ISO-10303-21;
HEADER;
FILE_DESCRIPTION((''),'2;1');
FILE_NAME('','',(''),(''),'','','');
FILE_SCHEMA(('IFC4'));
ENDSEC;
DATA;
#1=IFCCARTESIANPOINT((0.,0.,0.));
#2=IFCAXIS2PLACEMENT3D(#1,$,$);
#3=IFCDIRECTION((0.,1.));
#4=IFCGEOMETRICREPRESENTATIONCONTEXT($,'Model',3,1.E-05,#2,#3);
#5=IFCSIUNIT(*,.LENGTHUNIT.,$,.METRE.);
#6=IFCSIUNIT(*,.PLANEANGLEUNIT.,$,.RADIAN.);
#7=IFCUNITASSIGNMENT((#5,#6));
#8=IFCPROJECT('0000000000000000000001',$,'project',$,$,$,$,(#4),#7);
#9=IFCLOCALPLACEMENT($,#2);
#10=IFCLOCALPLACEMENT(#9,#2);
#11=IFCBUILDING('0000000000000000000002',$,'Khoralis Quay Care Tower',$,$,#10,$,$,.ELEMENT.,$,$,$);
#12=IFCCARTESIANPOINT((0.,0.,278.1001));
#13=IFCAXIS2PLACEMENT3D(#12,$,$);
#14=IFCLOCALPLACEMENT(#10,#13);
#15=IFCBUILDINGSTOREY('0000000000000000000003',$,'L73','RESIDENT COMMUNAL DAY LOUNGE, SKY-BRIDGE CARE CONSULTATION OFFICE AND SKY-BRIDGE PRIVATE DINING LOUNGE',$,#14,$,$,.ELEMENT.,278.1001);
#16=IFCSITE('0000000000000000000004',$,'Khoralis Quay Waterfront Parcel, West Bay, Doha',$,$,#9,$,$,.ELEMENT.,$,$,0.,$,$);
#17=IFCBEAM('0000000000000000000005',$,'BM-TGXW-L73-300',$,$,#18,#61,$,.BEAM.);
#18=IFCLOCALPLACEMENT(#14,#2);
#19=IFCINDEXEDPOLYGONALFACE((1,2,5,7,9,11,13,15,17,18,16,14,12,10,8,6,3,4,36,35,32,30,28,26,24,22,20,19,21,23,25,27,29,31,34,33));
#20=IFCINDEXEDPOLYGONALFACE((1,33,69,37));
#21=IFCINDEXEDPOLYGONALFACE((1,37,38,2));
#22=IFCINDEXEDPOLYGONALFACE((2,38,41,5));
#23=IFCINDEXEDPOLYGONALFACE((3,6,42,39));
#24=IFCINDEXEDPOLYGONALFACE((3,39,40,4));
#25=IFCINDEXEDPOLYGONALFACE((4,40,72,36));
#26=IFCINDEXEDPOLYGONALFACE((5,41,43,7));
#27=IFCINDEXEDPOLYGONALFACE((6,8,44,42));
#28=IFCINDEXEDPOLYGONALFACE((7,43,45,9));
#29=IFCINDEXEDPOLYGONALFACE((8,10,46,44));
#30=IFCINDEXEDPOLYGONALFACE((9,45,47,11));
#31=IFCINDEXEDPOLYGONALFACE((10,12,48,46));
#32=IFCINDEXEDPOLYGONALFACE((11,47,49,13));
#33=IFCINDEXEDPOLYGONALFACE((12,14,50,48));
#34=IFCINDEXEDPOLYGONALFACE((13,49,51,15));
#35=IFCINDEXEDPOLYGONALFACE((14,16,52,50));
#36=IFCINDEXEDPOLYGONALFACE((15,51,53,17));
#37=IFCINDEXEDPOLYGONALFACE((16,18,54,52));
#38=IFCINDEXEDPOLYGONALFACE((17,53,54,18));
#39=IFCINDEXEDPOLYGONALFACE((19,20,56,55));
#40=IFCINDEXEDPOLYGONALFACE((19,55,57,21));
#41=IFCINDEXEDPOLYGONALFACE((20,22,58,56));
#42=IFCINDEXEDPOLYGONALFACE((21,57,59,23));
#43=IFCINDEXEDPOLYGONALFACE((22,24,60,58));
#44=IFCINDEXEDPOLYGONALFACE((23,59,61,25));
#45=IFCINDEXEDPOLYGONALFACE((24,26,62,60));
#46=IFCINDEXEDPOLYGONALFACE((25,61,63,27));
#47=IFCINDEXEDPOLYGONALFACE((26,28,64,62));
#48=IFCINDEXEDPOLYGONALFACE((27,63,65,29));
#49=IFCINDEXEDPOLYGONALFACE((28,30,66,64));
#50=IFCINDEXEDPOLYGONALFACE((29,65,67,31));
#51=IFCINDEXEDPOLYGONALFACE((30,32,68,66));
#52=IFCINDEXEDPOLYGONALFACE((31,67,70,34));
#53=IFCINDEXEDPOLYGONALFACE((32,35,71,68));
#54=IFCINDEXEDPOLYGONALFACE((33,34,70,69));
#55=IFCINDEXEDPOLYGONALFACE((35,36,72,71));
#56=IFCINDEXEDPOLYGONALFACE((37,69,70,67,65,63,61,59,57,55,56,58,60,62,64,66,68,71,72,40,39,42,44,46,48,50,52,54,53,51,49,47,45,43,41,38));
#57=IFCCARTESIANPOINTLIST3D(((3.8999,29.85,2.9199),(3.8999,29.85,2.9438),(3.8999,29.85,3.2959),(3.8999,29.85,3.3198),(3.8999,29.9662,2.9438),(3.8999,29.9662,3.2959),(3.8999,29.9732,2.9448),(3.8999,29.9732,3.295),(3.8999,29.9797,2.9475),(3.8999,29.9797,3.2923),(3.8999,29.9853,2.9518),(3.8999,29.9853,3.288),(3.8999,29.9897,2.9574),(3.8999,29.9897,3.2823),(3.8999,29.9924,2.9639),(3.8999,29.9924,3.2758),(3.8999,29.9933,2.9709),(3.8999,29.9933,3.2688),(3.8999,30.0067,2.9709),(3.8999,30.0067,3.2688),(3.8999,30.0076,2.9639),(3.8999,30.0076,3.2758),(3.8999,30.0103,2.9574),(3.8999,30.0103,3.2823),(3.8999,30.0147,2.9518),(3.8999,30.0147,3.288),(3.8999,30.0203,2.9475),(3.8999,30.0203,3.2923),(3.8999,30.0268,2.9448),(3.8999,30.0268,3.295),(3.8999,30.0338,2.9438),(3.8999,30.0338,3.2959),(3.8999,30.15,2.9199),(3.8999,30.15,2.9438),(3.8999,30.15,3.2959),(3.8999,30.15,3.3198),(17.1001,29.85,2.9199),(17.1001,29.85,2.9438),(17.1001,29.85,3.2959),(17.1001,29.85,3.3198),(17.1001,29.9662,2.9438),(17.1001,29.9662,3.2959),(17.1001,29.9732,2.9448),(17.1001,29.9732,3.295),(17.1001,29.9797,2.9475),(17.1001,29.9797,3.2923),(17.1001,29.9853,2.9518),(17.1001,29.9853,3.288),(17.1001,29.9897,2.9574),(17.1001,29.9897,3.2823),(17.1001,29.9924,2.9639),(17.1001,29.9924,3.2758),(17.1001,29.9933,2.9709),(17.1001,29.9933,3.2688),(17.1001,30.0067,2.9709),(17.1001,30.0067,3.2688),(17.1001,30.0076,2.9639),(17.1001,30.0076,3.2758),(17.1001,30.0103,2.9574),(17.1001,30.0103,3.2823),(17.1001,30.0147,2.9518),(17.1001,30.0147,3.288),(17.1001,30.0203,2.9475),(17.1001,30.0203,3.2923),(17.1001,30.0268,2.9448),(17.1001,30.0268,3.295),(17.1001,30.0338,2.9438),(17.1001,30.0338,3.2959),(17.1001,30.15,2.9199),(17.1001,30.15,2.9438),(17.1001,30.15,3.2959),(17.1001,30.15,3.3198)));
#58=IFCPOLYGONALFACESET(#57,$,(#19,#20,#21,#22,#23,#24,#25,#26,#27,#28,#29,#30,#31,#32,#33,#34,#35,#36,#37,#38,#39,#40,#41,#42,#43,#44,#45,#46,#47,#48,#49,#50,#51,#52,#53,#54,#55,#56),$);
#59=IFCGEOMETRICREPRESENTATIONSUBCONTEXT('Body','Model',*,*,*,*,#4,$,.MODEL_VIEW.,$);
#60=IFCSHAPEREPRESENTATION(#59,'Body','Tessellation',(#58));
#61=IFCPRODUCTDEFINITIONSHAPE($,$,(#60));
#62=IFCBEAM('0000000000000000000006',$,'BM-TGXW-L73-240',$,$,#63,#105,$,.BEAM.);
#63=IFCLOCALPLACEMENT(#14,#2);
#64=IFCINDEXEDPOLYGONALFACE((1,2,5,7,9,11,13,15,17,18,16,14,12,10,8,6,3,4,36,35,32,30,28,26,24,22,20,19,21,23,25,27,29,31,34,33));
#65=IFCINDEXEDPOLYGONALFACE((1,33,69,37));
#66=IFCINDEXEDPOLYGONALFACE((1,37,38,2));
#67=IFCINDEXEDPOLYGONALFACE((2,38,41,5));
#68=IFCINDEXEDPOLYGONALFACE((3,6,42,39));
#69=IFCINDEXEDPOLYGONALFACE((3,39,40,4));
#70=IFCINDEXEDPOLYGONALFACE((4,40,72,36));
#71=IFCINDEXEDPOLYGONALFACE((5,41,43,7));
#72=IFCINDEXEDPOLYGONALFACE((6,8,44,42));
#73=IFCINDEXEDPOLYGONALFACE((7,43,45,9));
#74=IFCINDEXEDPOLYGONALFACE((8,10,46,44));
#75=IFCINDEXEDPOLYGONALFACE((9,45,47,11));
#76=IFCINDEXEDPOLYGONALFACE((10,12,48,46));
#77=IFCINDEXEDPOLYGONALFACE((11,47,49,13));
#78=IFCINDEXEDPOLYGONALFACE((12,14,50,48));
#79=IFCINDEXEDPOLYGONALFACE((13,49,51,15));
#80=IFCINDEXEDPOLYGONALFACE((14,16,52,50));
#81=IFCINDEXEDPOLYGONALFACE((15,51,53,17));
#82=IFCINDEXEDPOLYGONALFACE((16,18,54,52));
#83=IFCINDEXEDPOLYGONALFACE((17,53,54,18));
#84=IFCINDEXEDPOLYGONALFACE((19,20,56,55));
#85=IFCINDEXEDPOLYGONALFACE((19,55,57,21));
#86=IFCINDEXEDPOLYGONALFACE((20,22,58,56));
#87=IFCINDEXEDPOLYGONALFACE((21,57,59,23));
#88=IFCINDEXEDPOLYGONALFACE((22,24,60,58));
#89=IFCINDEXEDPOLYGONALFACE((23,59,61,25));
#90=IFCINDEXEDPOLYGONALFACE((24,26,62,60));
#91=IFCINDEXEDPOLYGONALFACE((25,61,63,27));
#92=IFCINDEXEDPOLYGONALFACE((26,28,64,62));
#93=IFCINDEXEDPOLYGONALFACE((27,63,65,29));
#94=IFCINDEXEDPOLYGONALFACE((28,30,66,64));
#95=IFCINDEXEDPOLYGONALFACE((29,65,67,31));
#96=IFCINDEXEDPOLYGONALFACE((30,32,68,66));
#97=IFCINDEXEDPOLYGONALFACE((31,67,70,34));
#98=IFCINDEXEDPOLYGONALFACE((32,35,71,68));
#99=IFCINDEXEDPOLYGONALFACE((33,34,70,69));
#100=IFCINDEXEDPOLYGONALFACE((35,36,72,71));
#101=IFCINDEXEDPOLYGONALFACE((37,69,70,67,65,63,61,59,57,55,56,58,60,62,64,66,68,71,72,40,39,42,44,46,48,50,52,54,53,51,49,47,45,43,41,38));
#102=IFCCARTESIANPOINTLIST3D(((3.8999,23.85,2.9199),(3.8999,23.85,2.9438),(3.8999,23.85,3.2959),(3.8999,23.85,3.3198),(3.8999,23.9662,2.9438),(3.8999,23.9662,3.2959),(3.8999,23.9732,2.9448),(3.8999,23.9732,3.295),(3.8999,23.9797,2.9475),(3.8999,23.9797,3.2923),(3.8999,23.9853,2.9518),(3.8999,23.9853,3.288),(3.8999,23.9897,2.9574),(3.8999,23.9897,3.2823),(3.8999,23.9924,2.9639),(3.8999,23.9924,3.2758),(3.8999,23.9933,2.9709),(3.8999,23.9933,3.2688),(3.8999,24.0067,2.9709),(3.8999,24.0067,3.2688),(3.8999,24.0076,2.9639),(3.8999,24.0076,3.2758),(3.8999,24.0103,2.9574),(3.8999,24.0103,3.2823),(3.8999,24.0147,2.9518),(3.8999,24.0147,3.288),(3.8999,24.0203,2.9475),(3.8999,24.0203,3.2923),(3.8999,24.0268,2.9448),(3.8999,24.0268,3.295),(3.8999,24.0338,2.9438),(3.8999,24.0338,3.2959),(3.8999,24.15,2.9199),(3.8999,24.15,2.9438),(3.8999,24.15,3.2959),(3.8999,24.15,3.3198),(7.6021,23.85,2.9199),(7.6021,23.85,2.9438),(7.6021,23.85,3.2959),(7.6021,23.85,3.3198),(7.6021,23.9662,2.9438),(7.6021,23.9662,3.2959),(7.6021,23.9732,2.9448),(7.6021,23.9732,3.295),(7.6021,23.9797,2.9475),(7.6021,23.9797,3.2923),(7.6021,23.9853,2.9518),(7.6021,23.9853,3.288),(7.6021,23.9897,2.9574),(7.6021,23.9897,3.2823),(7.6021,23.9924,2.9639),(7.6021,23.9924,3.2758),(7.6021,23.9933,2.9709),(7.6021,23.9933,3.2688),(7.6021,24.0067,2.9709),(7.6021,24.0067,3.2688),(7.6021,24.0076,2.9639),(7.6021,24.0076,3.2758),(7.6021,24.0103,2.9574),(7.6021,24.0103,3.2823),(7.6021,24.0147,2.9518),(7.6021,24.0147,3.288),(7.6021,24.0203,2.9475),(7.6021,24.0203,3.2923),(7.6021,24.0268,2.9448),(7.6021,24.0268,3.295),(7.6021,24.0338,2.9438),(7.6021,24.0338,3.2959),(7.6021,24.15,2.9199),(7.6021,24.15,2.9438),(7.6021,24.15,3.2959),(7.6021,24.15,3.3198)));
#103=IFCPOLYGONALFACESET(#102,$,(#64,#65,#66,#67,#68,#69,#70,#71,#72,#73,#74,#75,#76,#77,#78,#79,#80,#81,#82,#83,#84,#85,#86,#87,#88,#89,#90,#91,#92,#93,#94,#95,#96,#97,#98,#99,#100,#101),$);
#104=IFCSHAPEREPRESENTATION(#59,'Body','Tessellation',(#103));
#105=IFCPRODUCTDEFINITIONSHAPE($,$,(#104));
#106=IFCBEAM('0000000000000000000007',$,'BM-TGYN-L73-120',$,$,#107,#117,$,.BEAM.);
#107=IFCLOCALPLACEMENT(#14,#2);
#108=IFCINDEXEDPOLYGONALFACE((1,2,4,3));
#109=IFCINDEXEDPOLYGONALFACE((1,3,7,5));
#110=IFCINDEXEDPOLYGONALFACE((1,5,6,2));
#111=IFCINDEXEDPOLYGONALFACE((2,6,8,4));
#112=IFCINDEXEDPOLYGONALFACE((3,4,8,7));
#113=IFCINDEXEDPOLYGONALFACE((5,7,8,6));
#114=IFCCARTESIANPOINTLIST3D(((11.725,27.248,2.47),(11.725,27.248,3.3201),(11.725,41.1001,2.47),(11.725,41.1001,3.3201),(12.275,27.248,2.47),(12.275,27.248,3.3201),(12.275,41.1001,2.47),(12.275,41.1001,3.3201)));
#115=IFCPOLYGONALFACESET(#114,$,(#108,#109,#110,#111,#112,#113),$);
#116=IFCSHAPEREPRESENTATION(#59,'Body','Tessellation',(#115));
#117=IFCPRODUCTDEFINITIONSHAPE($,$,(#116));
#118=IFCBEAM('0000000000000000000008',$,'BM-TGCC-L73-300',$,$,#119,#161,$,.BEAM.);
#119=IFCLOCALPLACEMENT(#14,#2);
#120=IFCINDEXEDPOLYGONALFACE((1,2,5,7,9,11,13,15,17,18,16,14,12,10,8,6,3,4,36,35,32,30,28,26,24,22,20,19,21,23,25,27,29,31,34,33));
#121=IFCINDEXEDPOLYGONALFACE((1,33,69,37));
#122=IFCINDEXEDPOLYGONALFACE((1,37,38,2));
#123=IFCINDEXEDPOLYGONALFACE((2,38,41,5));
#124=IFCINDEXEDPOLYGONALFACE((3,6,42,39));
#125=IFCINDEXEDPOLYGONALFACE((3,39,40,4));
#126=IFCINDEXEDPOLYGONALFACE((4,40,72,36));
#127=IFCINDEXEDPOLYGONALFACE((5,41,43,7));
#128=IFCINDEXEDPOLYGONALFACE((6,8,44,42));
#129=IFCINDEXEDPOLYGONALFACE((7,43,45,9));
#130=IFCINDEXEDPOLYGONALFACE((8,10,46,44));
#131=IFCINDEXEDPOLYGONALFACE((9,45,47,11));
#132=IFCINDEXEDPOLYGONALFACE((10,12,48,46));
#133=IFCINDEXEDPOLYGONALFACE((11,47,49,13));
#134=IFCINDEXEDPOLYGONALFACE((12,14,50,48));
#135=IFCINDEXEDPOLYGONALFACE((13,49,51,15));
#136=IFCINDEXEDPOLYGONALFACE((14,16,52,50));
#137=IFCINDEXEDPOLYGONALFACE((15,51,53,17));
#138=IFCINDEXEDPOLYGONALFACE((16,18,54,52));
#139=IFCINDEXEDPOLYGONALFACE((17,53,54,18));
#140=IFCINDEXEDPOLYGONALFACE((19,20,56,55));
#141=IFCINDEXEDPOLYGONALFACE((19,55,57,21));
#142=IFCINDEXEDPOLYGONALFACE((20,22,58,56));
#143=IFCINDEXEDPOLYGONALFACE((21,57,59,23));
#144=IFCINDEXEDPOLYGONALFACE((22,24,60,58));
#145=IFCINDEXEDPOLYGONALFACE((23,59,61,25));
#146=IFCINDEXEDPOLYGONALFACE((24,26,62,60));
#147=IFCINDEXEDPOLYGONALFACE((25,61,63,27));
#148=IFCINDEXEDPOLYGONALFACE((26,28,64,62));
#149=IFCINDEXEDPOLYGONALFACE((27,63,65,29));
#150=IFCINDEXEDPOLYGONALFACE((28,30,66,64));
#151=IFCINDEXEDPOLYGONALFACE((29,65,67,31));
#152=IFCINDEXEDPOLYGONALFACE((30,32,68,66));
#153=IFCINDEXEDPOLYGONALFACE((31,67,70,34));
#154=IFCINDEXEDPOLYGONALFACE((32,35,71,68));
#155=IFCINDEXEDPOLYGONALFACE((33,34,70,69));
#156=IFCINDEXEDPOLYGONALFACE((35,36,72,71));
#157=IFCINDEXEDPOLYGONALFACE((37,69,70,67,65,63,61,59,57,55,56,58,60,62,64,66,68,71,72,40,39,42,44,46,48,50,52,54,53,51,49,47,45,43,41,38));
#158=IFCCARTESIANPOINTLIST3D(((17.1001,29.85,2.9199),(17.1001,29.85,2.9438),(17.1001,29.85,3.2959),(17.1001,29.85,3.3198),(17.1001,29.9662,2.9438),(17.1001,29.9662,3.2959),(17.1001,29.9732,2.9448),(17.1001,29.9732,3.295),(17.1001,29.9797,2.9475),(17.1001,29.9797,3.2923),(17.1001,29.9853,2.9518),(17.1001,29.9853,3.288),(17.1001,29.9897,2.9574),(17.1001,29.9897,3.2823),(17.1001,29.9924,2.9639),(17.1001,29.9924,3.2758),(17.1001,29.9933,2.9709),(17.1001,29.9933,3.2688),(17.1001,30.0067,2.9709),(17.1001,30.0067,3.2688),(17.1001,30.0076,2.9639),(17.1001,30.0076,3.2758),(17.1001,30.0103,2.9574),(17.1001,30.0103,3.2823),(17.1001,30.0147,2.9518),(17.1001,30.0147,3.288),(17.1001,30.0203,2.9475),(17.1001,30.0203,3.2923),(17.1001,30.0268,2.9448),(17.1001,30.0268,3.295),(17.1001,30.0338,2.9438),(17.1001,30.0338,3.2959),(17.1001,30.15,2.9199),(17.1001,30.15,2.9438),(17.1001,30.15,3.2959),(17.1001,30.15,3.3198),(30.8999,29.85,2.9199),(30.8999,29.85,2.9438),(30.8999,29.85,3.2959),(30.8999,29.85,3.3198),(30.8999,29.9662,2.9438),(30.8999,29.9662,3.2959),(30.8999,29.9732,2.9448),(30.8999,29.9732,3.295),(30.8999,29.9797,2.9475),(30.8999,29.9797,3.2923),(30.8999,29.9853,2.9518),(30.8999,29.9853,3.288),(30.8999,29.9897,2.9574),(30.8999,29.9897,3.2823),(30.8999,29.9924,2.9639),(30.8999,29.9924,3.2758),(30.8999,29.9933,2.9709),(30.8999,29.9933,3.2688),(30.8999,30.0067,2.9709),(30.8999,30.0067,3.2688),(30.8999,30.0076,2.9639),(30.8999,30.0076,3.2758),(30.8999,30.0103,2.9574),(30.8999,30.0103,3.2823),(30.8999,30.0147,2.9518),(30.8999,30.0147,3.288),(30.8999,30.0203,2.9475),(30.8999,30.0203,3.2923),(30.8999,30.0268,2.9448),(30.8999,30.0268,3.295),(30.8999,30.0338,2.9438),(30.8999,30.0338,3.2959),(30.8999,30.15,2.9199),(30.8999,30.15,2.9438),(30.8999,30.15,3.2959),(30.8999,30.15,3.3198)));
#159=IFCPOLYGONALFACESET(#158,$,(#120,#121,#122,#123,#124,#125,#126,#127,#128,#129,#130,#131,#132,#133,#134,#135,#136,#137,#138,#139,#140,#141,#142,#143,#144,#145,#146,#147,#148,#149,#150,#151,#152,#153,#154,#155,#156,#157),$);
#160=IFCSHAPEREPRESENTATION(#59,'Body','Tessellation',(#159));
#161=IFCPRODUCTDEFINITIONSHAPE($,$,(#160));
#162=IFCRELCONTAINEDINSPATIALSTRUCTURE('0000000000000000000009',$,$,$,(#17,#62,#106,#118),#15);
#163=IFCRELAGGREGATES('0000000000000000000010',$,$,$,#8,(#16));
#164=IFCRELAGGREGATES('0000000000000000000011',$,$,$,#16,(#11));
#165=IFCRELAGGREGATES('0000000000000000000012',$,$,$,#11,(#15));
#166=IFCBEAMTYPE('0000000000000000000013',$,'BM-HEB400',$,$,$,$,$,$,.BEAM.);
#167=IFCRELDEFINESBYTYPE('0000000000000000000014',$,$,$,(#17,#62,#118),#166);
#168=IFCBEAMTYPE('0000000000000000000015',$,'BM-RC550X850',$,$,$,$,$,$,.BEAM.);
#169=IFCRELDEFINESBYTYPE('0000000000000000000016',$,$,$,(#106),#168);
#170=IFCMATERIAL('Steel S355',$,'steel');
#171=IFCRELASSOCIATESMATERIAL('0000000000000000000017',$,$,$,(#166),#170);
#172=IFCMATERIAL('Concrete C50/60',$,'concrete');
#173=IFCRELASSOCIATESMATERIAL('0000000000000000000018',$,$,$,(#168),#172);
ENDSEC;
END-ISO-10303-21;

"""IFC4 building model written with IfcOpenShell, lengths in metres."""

from ifc_helpers import new_model, si_unit, direction, frame, origin, origin_2d, place, context, subcontext, project, spatial, rectangle, i_section, extrude, source, transform, mapped, material, material_profile, profile_set, type_object, element, save


model = new_model("IFC4")

# Units and contexts
model_context = context("Model", 3, precision=1e-05, world=origin(), true_north=direction((0.0, 1.0)))
body_context = subcontext(model_context, "Body", "Model", "MODEL_VIEW")
ifc_project = project(units=[si_unit("LENGTHUNIT", "METRE"), si_unit("PLANEANGLEUNIT", "RADIAN")], contexts=[model_context])

# Site, building, storey
site_placement = place(None, origin())
site = spatial("IfcSite", under=ifc_project, at=site_placement, Name="Khoralis Quay Waterfront Parcel, West Bay, Doha", CompositionType="ELEMENT", RefElevation=0.0)
building_placement = place(site_placement, origin())
building = spatial("IfcBuilding", under=site, at=building_placement, Name="Khoralis Quay Care Tower", CompositionType="ELEMENT")
storey_placement = place(building_placement, frame((0.0, 0.0, 278.1001)))
storey = spatial("IfcBuildingStorey", under=building, at=storey_placement, Name="L73", Description="RESIDENT COMMUNAL DAY LOUNGE, SKY-BRIDGE CARE CONSULTATION OFFICE AND SKY-BRIDGE PRIVATE DINING LOUNGE", CompositionType="ELEMENT", Elevation=278.1001)

# Shared definitions
ifc_material_1 = material(Name="Concrete C50/60", Category="concrete")

# Beams
ifc_material_2 = material(Name="Steel S355", Category="steel")
ifc_material_profile_1 = material_profile(ifc_material_2, i_section(OverallWidth=0.3, OverallDepth=0.3999, WebThickness=0.0134, FlangeThickness=0.0239, FilletRadius=0.0271, at=origin_2d()), Name="Steel S355")
ifc_profile_set_1 = profile_set([ifc_material_profile_1], Name="Steel S355")
beam_type_1 = type_object("IfcBeamType", Name="BM-HEB400", PredefinedType="BEAM", material=ifc_profile_set_1)
shared_shape_1 = source(origin(), body_context, "Body", "SweptSolid", [
    extrude(i_section(OverallWidth=0.3, OverallDepth=0.3999, WebThickness=0.0134, FlangeThickness=0.0239, FilletRadius=0.0271, at=origin_2d()), origin(), (0.0, 0.0, 1.0), 13.2002),
])
beam_1_placement = place(storey_placement, frame((3.8999, 30.0, 3.1199), z_axis=(1.0, 0.0, 0.0), x_axis=(0.0, 1.0, 0.0)))
element("IfcBeam", 1, at=beam_1_placement, inside=storey, type_object=beam_type_1, Name="BM-TGXW-L73-300", PredefinedType="BEAM", context=body_context, shape_type="MappedRepresentation", body=[
    mapped(shared_shape_1, transform((0.0, 0.0, 0.0), scale=1.0)),
])
shared_shape_2 = source(origin(), body_context, "Body", "SweptSolid", [
    extrude(i_section(OverallWidth=0.3, OverallDepth=0.3999, WebThickness=0.0134, FlangeThickness=0.0239, FilletRadius=0.0271, at=origin_2d()), origin(), (0.0, 0.0, 1.0), 3.7021),
])
beam_2_placement = place(storey_placement, frame((3.8999, 24.0, 3.1199), z_axis=(1.0, 0.0, 0.0), x_axis=(0.0, 1.0, 0.0)))
element("IfcBeam", 2, at=beam_2_placement, inside=storey, type_object=beam_type_1, Name="BM-TGXW-L73-240", PredefinedType="BEAM", context=body_context, shape_type="MappedRepresentation", body=[
    mapped(shared_shape_2, transform((0.0, 0.0, 0.0), scale=1.0)),
])
ifc_material_profile_2 = material_profile(ifc_material_1, rectangle(XDim=0.55, YDim=0.8501, at=origin_2d()), Name="Concrete C50/60")
ifc_profile_set_2 = profile_set([ifc_material_profile_2], Name="Concrete C50/60")
beam_type_2 = type_object("IfcBeamType", Name="BM-RC550X850", PredefinedType="BEAM", material=ifc_profile_set_2)
shared_shape_3 = source(origin(), body_context, "Body", "SweptSolid", [
    extrude(rectangle(XDim=0.55, YDim=0.8501, at=origin_2d()), origin(), (0.0, 0.0, 1.0), 13.8521),
])
beam_3_placement = place(storey_placement, frame((12.0, 27.248, 2.895), z_axis=(0.0, 1.0, 0.0), x_axis=(-1.0, 0.0, 0.0)))
element("IfcBeam", 3, at=beam_3_placement, inside=storey, type_object=beam_type_2, Name="BM-TGYN-L73-120", PredefinedType="BEAM", context=body_context, shape_type="MappedRepresentation", body=[
    mapped(shared_shape_3, transform((0.0, 0.0, 0.0), scale=1.0)),
])
shared_shape_4 = source(origin(), body_context, "Body", "SweptSolid", [
    extrude(i_section(OverallWidth=0.3, OverallDepth=0.3999, WebThickness=0.0134, FlangeThickness=0.0239, FilletRadius=0.0271, at=origin_2d()), origin(), (0.0, 0.0, 1.0), 13.7998),
])
beam_4_placement = place(storey_placement, frame((17.1001, 30.0, 3.1199), z_axis=(1.0, 0.0, 0.0), x_axis=(0.0, 1.0, 0.0)))
element("IfcBeam", 4, at=beam_4_placement, inside=storey, type_object=beam_type_1, Name="BM-TGCC-L73-300", PredefinedType="BEAM", context=body_context, shape_type="MappedRepresentation", body=[
    mapped(shared_shape_4, transform((0.0, 0.0, 0.0), scale=1.0)),
])

save(model, "model.ifc")
